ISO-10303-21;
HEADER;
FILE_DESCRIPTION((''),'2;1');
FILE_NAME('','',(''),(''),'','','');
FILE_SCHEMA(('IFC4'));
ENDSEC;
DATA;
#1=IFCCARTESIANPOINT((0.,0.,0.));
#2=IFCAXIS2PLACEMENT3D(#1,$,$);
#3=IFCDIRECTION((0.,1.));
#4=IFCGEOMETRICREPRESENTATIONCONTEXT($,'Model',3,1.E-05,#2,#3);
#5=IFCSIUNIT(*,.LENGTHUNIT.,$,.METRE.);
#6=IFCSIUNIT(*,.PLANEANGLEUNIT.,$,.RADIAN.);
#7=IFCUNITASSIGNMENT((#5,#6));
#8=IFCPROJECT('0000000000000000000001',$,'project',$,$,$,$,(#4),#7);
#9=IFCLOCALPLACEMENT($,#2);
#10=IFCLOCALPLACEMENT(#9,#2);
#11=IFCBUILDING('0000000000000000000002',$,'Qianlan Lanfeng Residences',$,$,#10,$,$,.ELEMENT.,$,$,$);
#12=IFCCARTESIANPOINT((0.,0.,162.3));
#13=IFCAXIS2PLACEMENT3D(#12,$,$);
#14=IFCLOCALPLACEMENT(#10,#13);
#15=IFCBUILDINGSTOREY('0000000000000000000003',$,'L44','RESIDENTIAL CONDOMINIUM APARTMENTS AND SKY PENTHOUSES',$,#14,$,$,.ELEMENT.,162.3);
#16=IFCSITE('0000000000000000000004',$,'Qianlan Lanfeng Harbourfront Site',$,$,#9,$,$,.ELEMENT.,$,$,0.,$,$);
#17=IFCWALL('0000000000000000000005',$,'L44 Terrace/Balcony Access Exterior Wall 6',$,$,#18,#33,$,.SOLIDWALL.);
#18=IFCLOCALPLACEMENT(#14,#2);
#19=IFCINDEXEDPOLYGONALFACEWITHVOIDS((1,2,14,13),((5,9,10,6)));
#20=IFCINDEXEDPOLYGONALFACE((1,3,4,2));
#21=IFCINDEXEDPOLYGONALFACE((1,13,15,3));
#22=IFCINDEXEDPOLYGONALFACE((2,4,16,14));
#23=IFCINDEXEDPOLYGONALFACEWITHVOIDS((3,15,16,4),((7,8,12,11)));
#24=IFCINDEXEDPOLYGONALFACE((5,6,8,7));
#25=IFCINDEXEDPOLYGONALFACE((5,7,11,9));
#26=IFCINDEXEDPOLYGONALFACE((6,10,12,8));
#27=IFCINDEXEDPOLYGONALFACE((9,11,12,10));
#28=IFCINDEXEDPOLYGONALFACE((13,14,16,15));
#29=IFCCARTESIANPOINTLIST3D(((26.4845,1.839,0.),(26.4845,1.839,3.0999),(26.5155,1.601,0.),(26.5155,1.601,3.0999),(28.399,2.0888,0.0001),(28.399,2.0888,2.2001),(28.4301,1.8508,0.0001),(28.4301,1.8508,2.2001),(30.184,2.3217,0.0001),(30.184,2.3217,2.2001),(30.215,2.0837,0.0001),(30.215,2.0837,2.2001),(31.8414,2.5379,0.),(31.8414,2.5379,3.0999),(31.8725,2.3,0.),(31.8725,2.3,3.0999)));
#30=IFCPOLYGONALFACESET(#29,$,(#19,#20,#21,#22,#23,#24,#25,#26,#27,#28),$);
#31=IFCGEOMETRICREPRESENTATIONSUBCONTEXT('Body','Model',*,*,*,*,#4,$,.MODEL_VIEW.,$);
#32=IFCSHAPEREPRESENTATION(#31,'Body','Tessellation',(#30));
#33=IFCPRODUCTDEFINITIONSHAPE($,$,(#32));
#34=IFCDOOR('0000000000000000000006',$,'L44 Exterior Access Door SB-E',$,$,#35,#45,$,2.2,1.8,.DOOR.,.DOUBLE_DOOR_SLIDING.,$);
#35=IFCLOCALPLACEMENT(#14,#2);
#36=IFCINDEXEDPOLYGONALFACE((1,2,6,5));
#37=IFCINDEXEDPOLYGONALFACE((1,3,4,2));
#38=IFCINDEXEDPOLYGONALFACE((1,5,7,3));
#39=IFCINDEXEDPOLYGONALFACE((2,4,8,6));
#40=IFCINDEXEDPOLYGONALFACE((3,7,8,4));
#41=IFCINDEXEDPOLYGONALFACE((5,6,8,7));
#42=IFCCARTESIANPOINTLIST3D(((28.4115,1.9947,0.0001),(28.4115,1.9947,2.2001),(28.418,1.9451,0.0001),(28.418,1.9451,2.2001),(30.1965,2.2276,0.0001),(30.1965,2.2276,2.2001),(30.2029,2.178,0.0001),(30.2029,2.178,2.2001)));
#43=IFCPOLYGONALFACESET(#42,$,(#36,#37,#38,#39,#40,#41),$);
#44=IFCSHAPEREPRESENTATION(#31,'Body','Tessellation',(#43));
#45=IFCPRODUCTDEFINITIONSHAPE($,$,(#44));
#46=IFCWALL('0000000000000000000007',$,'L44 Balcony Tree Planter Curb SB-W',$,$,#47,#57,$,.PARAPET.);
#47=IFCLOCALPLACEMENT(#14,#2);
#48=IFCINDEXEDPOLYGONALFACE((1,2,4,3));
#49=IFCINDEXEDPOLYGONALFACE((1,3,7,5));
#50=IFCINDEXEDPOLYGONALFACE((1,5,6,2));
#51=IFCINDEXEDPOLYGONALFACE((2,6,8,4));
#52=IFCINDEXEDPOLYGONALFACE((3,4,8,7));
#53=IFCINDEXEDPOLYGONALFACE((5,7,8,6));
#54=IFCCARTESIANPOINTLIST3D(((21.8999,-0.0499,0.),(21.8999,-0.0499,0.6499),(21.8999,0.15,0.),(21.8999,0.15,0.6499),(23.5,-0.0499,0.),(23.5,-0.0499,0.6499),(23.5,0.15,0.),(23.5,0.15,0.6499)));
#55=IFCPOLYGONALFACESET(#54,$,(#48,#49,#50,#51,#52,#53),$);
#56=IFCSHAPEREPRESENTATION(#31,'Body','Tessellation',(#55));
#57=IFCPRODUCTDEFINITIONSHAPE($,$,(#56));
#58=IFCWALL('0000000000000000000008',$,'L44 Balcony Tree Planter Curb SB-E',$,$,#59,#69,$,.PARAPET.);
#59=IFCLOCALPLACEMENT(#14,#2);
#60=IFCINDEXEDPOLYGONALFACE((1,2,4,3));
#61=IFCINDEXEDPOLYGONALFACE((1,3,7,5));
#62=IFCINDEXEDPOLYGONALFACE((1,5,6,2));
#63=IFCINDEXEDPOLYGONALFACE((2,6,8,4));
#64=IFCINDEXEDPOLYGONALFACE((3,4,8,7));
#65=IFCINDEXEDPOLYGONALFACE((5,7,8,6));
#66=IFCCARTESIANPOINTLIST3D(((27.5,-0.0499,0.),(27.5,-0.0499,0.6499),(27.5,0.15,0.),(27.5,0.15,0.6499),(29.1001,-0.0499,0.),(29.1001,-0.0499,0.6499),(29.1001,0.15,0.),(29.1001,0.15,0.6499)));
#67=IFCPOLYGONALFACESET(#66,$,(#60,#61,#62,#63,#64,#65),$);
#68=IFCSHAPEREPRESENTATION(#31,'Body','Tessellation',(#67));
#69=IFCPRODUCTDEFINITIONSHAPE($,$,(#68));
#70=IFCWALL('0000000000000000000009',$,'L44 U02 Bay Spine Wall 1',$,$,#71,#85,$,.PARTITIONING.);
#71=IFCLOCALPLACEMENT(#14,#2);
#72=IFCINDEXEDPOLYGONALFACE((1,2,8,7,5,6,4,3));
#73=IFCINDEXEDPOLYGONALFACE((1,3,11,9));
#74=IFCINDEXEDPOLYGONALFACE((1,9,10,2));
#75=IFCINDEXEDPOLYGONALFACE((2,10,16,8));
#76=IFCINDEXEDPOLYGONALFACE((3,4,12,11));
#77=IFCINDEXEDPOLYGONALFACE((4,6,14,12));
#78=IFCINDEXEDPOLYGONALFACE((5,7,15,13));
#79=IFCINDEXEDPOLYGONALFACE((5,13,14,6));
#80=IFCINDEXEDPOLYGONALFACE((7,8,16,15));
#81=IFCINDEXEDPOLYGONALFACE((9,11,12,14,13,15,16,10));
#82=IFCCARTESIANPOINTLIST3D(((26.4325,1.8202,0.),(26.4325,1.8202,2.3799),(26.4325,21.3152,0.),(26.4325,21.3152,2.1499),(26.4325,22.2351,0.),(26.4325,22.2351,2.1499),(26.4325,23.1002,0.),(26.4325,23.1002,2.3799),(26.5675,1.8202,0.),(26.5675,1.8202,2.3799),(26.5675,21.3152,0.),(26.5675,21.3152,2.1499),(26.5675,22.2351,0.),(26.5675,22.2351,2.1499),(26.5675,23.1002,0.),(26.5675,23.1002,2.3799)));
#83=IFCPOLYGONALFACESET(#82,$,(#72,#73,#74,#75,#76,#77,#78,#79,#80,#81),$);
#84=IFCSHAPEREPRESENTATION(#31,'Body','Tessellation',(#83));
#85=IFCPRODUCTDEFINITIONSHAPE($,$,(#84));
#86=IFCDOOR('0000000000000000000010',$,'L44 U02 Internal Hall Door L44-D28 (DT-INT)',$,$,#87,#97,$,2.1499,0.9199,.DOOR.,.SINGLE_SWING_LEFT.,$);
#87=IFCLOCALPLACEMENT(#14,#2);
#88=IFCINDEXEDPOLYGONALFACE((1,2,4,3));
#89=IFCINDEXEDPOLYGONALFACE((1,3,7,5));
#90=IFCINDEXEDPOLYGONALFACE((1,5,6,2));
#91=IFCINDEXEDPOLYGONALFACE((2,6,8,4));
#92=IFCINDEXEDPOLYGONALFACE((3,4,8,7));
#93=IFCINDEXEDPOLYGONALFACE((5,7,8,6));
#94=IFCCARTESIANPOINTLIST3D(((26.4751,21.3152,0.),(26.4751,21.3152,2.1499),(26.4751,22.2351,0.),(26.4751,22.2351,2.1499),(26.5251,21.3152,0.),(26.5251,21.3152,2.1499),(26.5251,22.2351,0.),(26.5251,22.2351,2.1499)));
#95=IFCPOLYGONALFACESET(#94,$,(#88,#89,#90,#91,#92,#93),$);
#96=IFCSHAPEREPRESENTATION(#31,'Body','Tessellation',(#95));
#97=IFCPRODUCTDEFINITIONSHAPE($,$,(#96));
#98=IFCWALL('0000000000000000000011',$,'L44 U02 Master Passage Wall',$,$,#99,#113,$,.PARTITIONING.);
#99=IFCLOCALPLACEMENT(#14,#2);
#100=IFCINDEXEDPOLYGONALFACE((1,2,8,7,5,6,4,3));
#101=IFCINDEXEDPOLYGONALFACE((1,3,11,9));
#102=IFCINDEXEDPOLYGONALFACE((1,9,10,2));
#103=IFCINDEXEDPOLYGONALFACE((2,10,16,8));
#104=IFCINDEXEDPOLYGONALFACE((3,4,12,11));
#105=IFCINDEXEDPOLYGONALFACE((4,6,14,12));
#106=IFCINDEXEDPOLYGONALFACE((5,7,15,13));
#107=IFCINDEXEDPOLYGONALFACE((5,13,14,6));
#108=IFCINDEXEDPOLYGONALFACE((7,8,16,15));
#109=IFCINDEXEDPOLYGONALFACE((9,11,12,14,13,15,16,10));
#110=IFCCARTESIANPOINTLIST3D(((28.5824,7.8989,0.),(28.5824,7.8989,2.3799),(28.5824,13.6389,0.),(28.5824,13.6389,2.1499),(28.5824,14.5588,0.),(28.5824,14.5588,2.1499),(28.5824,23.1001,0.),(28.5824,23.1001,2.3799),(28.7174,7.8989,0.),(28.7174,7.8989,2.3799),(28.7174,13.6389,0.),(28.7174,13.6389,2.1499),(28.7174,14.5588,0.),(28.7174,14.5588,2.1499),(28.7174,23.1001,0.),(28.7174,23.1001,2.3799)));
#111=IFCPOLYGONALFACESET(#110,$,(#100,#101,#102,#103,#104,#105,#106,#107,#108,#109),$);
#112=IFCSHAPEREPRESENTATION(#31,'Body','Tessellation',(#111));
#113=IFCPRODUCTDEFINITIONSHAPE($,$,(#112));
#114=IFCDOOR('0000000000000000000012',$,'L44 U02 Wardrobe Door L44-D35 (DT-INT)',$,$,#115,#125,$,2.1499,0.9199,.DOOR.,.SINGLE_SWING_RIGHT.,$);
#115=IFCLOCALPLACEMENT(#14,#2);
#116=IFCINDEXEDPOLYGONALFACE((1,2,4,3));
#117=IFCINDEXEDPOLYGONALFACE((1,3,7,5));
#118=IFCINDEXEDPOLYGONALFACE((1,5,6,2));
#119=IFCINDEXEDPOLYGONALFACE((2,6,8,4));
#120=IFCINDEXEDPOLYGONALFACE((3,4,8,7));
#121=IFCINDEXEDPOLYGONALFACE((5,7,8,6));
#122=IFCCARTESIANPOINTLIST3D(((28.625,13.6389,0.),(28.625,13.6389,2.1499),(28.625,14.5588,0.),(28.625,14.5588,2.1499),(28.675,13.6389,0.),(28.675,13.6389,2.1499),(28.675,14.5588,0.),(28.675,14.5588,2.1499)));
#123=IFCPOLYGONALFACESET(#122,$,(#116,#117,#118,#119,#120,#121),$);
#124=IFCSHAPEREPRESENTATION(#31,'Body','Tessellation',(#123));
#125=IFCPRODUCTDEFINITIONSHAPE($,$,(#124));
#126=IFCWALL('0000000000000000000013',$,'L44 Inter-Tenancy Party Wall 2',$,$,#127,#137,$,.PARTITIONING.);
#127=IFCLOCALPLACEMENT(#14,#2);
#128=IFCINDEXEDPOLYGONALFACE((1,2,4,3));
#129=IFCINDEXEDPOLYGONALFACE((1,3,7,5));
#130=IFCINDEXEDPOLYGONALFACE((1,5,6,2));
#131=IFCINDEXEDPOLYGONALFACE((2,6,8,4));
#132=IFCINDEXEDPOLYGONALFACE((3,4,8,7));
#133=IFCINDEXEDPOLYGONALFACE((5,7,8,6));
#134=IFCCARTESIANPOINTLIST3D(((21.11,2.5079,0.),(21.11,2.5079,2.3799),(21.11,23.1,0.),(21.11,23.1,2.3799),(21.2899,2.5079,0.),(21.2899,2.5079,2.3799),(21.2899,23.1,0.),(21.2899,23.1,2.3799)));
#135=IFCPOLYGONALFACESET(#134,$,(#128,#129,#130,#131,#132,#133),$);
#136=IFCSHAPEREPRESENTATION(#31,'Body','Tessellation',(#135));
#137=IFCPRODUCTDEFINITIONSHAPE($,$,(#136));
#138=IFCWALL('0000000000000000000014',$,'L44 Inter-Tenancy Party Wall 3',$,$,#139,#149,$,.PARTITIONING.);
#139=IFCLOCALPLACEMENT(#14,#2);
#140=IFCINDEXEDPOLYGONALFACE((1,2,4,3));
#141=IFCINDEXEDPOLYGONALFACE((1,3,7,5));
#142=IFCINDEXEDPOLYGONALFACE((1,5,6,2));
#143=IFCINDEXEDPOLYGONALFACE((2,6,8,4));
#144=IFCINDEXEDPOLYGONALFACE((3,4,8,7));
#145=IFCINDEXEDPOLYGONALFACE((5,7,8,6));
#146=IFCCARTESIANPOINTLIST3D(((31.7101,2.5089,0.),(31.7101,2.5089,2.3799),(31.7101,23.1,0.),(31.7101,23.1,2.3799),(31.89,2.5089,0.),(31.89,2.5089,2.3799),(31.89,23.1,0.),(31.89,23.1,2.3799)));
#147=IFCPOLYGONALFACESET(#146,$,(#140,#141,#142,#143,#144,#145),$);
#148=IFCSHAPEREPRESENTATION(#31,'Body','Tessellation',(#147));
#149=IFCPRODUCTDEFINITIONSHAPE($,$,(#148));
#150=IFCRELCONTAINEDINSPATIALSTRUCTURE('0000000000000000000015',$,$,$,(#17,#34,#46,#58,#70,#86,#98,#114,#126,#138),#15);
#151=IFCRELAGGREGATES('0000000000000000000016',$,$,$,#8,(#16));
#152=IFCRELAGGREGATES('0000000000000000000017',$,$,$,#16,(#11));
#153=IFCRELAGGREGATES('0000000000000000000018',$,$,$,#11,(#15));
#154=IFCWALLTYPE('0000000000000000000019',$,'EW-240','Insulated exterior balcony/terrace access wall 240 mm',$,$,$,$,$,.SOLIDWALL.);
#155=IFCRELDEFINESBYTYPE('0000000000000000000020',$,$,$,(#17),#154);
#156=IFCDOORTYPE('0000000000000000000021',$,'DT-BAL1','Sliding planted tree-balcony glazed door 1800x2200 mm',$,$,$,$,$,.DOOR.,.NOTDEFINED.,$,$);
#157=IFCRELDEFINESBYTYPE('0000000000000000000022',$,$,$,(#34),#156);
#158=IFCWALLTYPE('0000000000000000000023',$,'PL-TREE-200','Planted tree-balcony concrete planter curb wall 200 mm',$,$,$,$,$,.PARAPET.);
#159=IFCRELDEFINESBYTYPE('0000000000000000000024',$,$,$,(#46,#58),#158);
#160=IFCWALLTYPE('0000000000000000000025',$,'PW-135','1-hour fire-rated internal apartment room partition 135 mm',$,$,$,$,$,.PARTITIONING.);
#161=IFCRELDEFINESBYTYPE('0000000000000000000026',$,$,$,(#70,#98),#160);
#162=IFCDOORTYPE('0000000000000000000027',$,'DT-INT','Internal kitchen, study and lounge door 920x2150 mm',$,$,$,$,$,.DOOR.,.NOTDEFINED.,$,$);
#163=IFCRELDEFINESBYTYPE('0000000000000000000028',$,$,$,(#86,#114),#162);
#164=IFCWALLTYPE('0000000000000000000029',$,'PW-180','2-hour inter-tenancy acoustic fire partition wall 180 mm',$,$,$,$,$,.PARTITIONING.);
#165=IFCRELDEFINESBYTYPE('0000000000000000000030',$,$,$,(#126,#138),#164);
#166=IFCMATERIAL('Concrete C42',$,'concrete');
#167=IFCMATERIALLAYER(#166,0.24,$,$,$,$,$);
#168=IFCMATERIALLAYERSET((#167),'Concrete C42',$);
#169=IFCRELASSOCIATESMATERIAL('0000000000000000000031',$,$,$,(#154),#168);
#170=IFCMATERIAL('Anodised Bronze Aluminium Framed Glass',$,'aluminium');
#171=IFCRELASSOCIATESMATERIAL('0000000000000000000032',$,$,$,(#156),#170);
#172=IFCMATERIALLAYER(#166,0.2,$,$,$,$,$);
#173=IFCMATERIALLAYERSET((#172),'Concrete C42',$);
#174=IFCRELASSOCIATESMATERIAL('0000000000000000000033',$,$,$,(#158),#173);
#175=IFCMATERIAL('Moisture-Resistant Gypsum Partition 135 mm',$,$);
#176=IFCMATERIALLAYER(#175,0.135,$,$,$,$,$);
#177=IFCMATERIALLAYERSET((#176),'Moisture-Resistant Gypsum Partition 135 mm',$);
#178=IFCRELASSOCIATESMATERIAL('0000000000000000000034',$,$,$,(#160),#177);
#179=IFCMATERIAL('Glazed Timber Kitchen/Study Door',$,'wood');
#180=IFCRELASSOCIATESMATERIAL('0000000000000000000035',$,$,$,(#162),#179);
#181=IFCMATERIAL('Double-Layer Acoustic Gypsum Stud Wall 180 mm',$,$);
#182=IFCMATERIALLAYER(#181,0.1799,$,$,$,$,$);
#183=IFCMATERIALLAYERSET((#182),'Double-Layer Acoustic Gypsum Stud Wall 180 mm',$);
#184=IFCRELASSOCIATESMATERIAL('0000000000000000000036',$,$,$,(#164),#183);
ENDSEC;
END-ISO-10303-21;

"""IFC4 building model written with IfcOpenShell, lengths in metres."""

from ifc_helpers import new_model, si_unit, direction, frame, frame_2d, origin, place, context, subcontext, project, spatial, rectangle, extrude, material, layer, layer_set, type_object, element, fill, save


model = new_model("IFC4")

# Units and contexts
model_context = context("Model", 3, precision=1e-05, world=origin(), true_north=direction((0.0, 1.0)))
body_context = subcontext(model_context, "Body", "Model", "MODEL_VIEW")
ifc_project = project(units=[si_unit("LENGTHUNIT", "METRE"), si_unit("PLANEANGLEUNIT", "RADIAN")], contexts=[model_context])

# Site, building, storey
site_placement = place(None, origin())
site = spatial("IfcSite", under=ifc_project, at=site_placement, Name="Qianlan Lanfeng Harbourfront Site", CompositionType="ELEMENT", RefElevation=0.0)
building_placement = place(site_placement, origin())
building = spatial("IfcBuilding", under=site, at=building_placement, Name="Qianlan Lanfeng Residences", CompositionType="ELEMENT")
storey_placement = place(building_placement, frame((0.0, 0.0, 162.3)))
storey = spatial("IfcBuildingStorey", under=building, at=storey_placement, Name="L44", Description="RESIDENTIAL CONDOMINIUM APARTMENTS AND SKY PENTHOUSES", CompositionType="ELEMENT", Elevation=162.3)

# Wall, opening, door
ifc_material_1 = material(Name="Concrete C42", Category="concrete")
ifc_layer_1 = layer(ifc_material_1, 0.24)
ifc_layer_set_1 = layer_set([ifc_layer_1], Name="Concrete C42")
wall_type_1 = type_object("IfcWallType", Name="EW-240", Description="Insulated exterior balcony/terrace access wall 240 mm", PredefinedType="SOLIDWALL", material=ifc_layer_set_1)
wall_1_placement = place(storey_placement, frame((26.5, 1.72, 0.0), z_axis=(0.0, 0.0, 1.0), x_axis=(0.991595, 0.129384, 0.0)))
wall_1 = element("IfcWall", 1, at=wall_1_placement, inside=storey, type_object=wall_type_1, Name="L44 Terrace/Balcony Access Exterior Wall 6", PredefinedType="SOLIDWALL", context=body_context, shape_type="SweptSolid", body=[
    extrude(rectangle(XDim=5.4023, YDim=0.24, at=frame_2d((2.7012, 0.0))), origin(), (0.0, 0.0, 1.0), 3.0999),
])
opening_1_placement = place(wall_1_placement, frame((1.9309, 0.0, 0.0)))
opening_1 = element("IfcOpeningElement", 2, at=opening_1_placement, cuts=wall_1, PredefinedType="OPENING", context=body_context, shape_type="SweptSolid", body=[
    extrude(rectangle(XDim=1.8, YDim=2.2, at=frame_2d((0.8999, 1.1001))), frame((0.0, 0.1299, 0.0), z_axis=(0.0, -1.0, 0.0), x_axis=(1.0, 0.0, 0.0)), (0.0, 0.0, 1.0), 0.26),
])
ifc_material_2 = material(Name="Anodised Bronze Aluminium Framed Glass", Category="aluminium")
door_type_1 = type_object("IfcDoorType", Name="DT-BAL1", Description="Sliding planted tree-balcony glazed door 1800x2200 mm", OperationType="NOTDEFINED", PredefinedType="DOOR", material=ifc_material_2)
door_1_placement = place(opening_1_placement, frame((1.8, 0.0, 0.0), z_axis=(0.0, 0.0, 1.0), x_axis=(-1.0, 0.0, 0.0)))
door_1 = element("IfcDoor", 3, at=door_1_placement, inside=storey, type_object=door_type_1, Name="L44 Exterior Access Door SB-E", OperationType="DOUBLE_DOOR_SLIDING", OverallHeight=2.2, OverallWidth=1.8, PredefinedType="DOOR", context=body_context, shape_type="SweptSolid", body=[
    extrude(rectangle(XDim=1.8, YDim=2.2, at=frame_2d((0.8999, 1.1001))), frame((0.0, 0.0249, 0.0), z_axis=(0.0, -1.0, 0.0), x_axis=(1.0, 0.0, 0.0)), (0.0, 0.0, 1.0), 0.05),
])
fill(opening_1, door_1)

# Walls
ifc_layer_2 = layer(ifc_material_1, 0.2)
ifc_layer_set_2 = layer_set([ifc_layer_2], Name="Concrete C42")
wall_type_2 = type_object("IfcWallType", Name="PL-TREE-200", Description="Planted tree-balcony concrete planter curb wall 200 mm", PredefinedType="PARAPET", material=ifc_layer_set_2)
for number, where, z_axis, x_axis, name in (
    (4, (21.8999, 0.05, 0.0), (0.0, 0.0, 1.0), (1.0, 0.0, 0.0), "L44 Balcony Tree Planter Curb SB-W"),
    (5, (27.5, 0.05, 0.0), (0.0, 0.0, 1.0), (1.0, 0.0, 0.0), "L44 Balcony Tree Planter Curb SB-E"),
):
    element("IfcWall", number, at=place(storey_placement, frame(where, z_axis=z_axis, x_axis=x_axis)), inside=storey, type_object=wall_type_2, Name=name, PredefinedType="PARAPET", context=body_context, shape_type="SweptSolid", body=[
        extrude(rectangle(XDim=1.6001, YDim=0.2, at=frame_2d((0.8, 0.0))), origin(), (0.0, 0.0, 1.0), 0.6499),
    ])

# Wall, opening, door
ifc_material_3 = material(Name="Moisture-Resistant Gypsum Partition 135 mm")
ifc_layer_3 = layer(ifc_material_3, 0.135)
ifc_layer_set_3 = layer_set([ifc_layer_3], Name="Moisture-Resistant Gypsum Partition 135 mm")
wall_type_3 = type_object("IfcWallType", Name="PW-135", Description="1-hour fire-rated internal apartment room partition 135 mm", PredefinedType="PARTITIONING", material=ifc_layer_set_3)
wall_2_placement = place(storey_placement, frame((26.5, 1.8201, 0.0), z_axis=(0.0, 0.0, 1.0), x_axis=(0.0, 1.0, 0.0)))
wall_2 = element("IfcWall", 6, at=wall_2_placement, inside=storey, type_object=wall_type_3, Name="L44 U02 Bay Spine Wall 1", PredefinedType="PARTITIONING", context=body_context, shape_type="SweptSolid", body=[
    extrude(rectangle(XDim=21.28, YDim=0.135, at=frame_2d((10.6401, 0.0))), origin(), (0.0, 0.0, 1.0), 2.3799),
])
opening_2_placement = place(wall_2_placement, frame((19.4951, 0.0, 0.0)))
opening_2 = element("IfcOpeningElement", 7, at=opening_2_placement, cuts=wall_2, PredefinedType="OPENING", context=body_context, shape_type="SweptSolid", body=[
    extrude(rectangle(XDim=0.9199, YDim=2.1499, at=frame_2d((0.46, 1.075))), frame((0.0, 0.0776, 0.0), z_axis=(0.0, -1.0, 0.0), x_axis=(1.0, 0.0, 0.0)), (0.0, 0.0, 1.0), 0.155),
])
ifc_material_4 = material(Name="Glazed Timber Kitchen/Study Door", Category="wood")
door_type_2 = type_object("IfcDoorType", Name="DT-INT", Description="Internal kitchen, study and lounge door 920x2150 mm", OperationType="NOTDEFINED", PredefinedType="DOOR", material=ifc_material_4)
door_2_placement = place(opening_2_placement, origin())
door_2 = element("IfcDoor", 8, at=door_2_placement, inside=storey, type_object=door_type_2, Name="L44 U02 Internal Hall Door L44-D28 (DT-INT)", OperationType="SINGLE_SWING_LEFT", OverallHeight=2.1499, OverallWidth=0.9199, PredefinedType="DOOR", context=body_context, shape_type="SweptSolid", body=[
    extrude(rectangle(XDim=0.9199, YDim=2.1499, at=frame_2d((0.46, 1.075))), frame((0.0, 0.0249, 0.0), z_axis=(0.0, -1.0, 0.0), x_axis=(1.0, 0.0, 0.0)), (0.0, 0.0, 1.0), 0.05),
])
fill(opening_2, door_2)

# Wall, opening, door
wall_3_placement = place(storey_placement, frame((28.6499, 7.8989, 0.0), z_axis=(0.0, 0.0, 1.0), x_axis=(0.0, 1.0, 0.0)))
wall_3 = element("IfcWall", 9, at=wall_3_placement, inside=storey, type_object=wall_type_3, Name="L44 U02 Master Passage Wall", PredefinedType="PARTITIONING", context=body_context, shape_type="SweptSolid", body=[
    extrude(rectangle(XDim=15.2012, YDim=0.135, at=frame_2d((7.6006, 0.0))), origin(), (0.0, 0.0, 1.0), 2.3799),
])
opening_3_placement = place(wall_3_placement, frame((5.74, 0.0, 0.0)))
opening_3 = element("IfcOpeningElement", 10, at=opening_3_placement, cuts=wall_3, PredefinedType="OPENING", context=body_context, shape_type="SweptSolid", body=[
    extrude(rectangle(XDim=0.9199, YDim=2.1499, at=frame_2d((0.46, 1.075))), frame((0.0, 0.0776, 0.0), z_axis=(0.0, -1.0, 0.0), x_axis=(1.0, 0.0, 0.0)), (0.0, 0.0, 1.0), 0.155),
])
door_3_placement = place(opening_3_placement, origin())
door_3 = element("IfcDoor", 11, at=door_3_placement, inside=storey, type_object=door_type_2, Name="L44 U02 Wardrobe Door L44-D35 (DT-INT)", OperationType="SINGLE_SWING_RIGHT", OverallHeight=2.1499, OverallWidth=0.9199, PredefinedType="DOOR", context=body_context, shape_type="SweptSolid", body=[
    extrude(rectangle(XDim=0.9199, YDim=2.1499, at=frame_2d((0.46, 1.075))), frame((0.0, 0.0249, 0.0), z_axis=(0.0, -1.0, 0.0), x_axis=(1.0, 0.0, 0.0)), (0.0, 0.0, 1.0), 0.05),
])
fill(opening_3, door_3)

# Walls
ifc_material_5 = material(Name="Double-Layer Acoustic Gypsum Stud Wall 180 mm")
ifc_layer_4 = layer(ifc_material_5, 0.1799)
ifc_layer_set_4 = layer_set([ifc_layer_4], Name="Double-Layer Acoustic Gypsum Stud Wall 180 mm")
wall_type_4 = type_object("IfcWallType", Name="PW-180", Description="2-hour inter-tenancy acoustic fire partition wall 180 mm", PredefinedType="PARTITIONING", material=ifc_layer_set_4)
wall_4_placement = place(storey_placement, frame((21.2, 2.5081, 0.0), z_axis=(0.0, 0.0, 1.0), x_axis=(0.0, 1.0, 0.0)))
element("IfcWall", 12, at=wall_4_placement, inside=storey, type_object=wall_type_4, Name="L44 Inter-Tenancy Party Wall 2", PredefinedType="PARTITIONING", context=body_context, shape_type="SweptSolid", body=[
    extrude(rectangle(XDim=20.592, YDim=0.1799, at=frame_2d((10.2959, 0.0))), origin(), (0.0, 0.0, 1.0), 2.3799),
])
wall_5_placement = place(storey_placement, frame((31.8, 2.509, 0.0), z_axis=(0.0, 0.0, 1.0), x_axis=(0.0, 1.0, 0.0)))
element("IfcWall", 13, at=wall_5_placement, inside=storey, type_object=wall_type_4, Name="L44 Inter-Tenancy Party Wall 3", PredefinedType="PARTITIONING", context=body_context, shape_type="SweptSolid", body=[
    extrude(rectangle(XDim=20.5911, YDim=0.1799, at=frame_2d((10.2954, 0.0))), origin(), (0.0, 0.0, 1.0), 2.3799),
])

save(model, "model.ifc")
